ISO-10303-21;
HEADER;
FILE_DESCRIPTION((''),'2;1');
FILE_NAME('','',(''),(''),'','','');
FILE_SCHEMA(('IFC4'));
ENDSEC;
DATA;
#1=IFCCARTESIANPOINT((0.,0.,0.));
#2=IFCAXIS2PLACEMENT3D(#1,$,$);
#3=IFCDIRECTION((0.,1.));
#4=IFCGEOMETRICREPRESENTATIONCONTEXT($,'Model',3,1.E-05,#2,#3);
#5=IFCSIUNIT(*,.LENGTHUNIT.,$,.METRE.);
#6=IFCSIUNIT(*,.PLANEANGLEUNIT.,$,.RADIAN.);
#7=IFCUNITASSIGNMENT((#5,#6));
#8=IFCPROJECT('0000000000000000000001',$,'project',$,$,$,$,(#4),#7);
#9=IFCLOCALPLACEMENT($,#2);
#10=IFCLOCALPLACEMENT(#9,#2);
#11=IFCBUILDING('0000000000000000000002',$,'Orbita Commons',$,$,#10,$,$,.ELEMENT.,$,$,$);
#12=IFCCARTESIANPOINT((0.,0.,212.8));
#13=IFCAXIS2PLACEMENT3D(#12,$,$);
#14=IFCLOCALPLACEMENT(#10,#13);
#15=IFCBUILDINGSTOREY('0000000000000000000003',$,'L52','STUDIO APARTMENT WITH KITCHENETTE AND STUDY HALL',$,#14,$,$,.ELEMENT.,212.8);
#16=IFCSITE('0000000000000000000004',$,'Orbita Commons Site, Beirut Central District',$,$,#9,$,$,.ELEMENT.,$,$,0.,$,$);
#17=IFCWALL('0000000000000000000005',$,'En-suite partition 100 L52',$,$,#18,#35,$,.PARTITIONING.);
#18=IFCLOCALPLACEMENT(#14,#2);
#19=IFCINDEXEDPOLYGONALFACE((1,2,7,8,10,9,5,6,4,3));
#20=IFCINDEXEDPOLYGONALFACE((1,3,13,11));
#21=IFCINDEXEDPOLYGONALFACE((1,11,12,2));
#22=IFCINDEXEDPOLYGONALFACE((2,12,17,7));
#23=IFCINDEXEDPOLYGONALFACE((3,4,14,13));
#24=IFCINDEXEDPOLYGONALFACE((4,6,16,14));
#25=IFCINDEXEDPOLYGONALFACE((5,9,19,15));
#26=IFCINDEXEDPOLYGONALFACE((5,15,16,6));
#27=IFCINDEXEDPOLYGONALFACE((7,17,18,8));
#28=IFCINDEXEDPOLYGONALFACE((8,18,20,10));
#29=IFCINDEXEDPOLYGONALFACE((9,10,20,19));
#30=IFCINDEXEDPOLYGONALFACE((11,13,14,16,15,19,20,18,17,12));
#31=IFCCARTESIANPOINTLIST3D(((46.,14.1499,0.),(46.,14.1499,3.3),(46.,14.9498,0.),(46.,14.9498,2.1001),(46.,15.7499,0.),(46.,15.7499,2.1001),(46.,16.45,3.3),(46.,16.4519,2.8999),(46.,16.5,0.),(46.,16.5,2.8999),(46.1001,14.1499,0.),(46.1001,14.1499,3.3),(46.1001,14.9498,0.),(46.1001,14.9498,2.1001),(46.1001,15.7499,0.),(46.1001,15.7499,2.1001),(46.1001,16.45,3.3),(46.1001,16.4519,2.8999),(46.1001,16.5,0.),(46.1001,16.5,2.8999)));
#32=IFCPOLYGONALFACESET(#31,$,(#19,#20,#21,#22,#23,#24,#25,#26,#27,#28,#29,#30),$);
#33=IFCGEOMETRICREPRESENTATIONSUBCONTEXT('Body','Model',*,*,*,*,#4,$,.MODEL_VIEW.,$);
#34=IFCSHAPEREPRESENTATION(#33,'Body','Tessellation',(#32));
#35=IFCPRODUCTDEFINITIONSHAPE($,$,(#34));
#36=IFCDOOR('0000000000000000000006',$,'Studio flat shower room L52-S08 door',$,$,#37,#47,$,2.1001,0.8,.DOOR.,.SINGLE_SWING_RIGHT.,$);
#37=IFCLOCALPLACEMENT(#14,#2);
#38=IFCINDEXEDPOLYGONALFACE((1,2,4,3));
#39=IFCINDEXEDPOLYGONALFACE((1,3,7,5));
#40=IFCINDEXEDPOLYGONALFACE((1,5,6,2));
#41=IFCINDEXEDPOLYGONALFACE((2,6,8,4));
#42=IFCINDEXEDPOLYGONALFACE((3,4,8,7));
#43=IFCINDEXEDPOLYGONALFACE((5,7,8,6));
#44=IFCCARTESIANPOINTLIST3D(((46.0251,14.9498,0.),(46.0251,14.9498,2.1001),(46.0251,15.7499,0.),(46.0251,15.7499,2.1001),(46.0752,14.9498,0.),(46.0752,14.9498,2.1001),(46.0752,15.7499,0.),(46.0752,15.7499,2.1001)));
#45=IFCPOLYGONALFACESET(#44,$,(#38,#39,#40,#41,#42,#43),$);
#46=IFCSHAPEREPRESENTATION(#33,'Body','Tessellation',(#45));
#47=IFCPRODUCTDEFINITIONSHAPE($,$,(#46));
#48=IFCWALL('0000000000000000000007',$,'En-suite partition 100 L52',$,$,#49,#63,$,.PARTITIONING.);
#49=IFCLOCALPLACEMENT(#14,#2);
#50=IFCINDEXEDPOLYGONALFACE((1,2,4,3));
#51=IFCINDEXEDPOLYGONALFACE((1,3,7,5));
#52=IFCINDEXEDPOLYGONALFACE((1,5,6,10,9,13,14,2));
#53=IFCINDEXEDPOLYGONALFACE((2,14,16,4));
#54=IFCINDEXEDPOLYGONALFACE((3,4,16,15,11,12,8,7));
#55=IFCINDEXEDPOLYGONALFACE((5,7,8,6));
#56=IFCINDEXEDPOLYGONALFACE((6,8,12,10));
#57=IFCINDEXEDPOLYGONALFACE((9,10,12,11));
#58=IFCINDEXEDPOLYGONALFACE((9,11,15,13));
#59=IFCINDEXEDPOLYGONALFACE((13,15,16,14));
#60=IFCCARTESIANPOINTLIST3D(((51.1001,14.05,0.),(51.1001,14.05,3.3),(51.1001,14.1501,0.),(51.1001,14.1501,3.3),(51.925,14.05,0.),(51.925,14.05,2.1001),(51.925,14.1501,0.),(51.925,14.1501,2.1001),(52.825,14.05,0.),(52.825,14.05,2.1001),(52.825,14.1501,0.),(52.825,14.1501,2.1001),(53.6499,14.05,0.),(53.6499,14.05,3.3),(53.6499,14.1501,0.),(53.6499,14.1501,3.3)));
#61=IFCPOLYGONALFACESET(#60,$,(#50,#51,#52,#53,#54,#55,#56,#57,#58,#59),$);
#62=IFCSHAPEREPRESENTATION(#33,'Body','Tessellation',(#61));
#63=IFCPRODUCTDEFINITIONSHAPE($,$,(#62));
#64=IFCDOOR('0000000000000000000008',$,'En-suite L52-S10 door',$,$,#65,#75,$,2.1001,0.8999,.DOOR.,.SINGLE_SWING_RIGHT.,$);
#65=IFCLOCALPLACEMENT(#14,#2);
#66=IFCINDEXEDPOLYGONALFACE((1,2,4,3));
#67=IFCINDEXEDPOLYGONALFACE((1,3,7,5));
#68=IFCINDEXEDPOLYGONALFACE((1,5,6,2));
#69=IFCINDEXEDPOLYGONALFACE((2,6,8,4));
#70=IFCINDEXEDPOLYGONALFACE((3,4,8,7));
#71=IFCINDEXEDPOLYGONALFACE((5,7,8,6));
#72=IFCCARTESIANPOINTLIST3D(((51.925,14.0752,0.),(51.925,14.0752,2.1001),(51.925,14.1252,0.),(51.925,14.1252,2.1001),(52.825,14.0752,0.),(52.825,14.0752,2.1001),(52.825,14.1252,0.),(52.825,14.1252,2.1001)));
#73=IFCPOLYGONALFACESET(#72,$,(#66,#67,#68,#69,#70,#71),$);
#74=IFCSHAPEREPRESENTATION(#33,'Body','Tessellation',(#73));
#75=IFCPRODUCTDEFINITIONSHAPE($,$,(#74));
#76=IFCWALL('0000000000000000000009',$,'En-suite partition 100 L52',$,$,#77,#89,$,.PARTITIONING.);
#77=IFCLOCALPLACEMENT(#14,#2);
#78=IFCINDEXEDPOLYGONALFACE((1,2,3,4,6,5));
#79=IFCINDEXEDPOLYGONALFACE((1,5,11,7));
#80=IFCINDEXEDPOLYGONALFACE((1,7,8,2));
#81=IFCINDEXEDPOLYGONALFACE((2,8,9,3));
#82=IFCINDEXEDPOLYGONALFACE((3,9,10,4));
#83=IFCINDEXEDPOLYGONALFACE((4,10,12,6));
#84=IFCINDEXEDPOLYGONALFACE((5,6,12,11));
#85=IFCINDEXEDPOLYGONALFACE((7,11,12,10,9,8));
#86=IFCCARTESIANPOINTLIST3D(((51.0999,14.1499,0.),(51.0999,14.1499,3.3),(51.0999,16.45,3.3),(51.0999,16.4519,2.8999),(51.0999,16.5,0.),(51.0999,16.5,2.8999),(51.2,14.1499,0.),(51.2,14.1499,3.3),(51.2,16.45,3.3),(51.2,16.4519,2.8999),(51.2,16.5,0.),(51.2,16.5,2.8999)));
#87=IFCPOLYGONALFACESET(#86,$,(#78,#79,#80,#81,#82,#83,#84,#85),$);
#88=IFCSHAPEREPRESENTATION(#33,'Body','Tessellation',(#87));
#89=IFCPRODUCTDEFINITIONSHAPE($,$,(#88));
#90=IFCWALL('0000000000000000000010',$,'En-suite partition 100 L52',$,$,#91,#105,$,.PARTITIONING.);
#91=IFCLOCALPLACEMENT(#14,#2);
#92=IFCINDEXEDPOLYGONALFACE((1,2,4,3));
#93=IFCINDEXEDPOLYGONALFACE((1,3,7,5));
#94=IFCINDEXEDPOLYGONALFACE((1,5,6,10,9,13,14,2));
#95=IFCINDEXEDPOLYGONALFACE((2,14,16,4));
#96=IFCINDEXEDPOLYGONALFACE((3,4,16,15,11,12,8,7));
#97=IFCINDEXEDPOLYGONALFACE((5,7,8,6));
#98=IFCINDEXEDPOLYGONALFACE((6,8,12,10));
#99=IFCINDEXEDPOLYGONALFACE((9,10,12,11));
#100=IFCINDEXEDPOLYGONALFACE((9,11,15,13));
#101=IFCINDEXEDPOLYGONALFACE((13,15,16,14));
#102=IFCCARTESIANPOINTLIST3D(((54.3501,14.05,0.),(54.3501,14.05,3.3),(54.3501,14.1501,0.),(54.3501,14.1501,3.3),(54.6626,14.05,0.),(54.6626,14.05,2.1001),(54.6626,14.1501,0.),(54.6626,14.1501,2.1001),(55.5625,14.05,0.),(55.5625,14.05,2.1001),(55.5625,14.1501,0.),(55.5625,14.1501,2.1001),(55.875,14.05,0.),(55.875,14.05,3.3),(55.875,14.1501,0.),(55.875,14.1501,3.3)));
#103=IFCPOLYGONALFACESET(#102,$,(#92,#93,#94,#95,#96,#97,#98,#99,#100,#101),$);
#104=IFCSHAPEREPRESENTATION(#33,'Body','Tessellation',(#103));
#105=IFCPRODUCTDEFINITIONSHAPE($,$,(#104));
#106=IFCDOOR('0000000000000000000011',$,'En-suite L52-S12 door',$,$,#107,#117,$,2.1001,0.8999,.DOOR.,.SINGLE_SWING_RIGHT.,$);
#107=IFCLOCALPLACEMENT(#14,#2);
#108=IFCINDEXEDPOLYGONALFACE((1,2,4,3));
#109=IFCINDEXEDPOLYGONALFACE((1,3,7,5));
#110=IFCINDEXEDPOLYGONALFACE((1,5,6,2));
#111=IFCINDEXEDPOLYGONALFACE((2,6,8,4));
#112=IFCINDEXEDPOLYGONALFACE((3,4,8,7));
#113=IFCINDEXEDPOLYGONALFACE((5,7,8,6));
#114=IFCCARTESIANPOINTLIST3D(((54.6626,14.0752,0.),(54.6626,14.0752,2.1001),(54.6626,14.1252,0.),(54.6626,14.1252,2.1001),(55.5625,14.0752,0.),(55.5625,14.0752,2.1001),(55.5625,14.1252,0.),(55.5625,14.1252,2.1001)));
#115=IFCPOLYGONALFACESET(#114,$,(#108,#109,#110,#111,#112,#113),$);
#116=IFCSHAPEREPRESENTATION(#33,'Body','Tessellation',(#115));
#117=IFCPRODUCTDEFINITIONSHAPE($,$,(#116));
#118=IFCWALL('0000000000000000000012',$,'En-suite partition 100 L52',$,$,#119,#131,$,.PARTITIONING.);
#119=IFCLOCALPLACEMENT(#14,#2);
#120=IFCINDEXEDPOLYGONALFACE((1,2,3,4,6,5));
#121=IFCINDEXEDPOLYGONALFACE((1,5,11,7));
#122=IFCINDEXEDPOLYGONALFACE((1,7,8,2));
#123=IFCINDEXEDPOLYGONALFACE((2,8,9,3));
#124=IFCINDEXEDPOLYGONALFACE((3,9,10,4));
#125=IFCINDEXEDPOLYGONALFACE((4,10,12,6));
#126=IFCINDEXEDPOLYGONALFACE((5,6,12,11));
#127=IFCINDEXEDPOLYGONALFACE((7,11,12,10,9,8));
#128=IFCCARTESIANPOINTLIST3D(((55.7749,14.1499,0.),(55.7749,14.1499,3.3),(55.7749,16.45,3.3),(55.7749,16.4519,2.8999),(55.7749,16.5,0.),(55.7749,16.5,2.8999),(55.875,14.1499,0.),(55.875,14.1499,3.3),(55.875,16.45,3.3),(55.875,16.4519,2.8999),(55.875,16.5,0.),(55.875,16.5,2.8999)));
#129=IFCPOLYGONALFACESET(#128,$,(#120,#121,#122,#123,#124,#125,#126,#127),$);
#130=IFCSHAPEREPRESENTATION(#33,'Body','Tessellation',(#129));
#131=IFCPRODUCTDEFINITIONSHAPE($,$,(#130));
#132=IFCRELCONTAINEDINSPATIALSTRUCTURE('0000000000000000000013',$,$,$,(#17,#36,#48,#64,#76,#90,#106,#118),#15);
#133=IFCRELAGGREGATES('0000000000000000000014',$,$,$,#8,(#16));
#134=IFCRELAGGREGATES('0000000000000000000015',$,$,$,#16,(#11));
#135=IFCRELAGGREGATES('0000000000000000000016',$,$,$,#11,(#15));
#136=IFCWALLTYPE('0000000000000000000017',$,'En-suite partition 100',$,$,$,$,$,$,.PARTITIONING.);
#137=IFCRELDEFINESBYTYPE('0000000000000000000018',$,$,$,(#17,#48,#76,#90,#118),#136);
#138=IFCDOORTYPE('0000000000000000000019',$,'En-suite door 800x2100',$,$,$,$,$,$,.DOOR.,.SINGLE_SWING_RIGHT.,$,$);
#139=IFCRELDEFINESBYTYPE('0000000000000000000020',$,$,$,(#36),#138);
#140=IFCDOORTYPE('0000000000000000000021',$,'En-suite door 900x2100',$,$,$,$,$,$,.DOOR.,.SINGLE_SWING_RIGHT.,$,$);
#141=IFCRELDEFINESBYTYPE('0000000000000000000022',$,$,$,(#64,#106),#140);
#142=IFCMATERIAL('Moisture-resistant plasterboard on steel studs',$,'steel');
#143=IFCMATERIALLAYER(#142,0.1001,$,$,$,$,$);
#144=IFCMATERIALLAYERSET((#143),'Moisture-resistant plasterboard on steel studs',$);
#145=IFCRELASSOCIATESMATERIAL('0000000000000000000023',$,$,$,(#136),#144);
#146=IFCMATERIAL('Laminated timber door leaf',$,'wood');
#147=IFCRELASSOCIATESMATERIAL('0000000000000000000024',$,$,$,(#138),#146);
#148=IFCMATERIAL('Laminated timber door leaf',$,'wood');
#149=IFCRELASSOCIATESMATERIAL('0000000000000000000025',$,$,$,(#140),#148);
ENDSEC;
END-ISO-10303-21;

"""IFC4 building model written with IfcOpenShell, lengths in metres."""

from ifc_helpers import new_model, si_unit, direction, frame, frame_2d, origin, place, context, subcontext, project, spatial, polyline, rectangle, outline, extrude, material, layer, layer_set, type_object, element, fill, save


model = new_model("IFC4")

# Units and contexts
model_context = context("Model", 3, precision=1e-05, world=origin(), true_north=direction((0.0, 1.0)))
body_context = subcontext(model_context, "Body", "Model", "MODEL_VIEW")
ifc_project = project(units=[si_unit("LENGTHUNIT", "METRE"), si_unit("PLANEANGLEUNIT", "RADIAN")], contexts=[model_context])

# Site, building, storey
site_placement = place(None, origin())
site = spatial("IfcSite", under=ifc_project, at=site_placement, Name="Orbita Commons Site, Beirut Central District", CompositionType="ELEMENT", RefElevation=0.0)
building_placement = place(site_placement, origin())
building = spatial("IfcBuilding", under=site, at=building_placement, Name="Orbita Commons", CompositionType="ELEMENT")
storey_placement = place(building_placement, frame((0.0, 0.0, 212.8)))
storey = spatial("IfcBuildingStorey", under=building, at=storey_placement, Name="L52", Description="STUDIO APARTMENT WITH KITCHENETTE AND STUDY HALL", CompositionType="ELEMENT", Elevation=212.8)

# Shared definitions
ifc_material_1 = material(Name="Moisture-resistant plasterboard on steel studs", Category="steel")
ifc_layer_1 = layer(ifc_material_1, 0.1001)
ifc_layer_set_1 = layer_set([ifc_layer_1], Name="Moisture-resistant plasterboard on steel studs")
wall_type_1 = type_object("IfcWallType", Name="En-suite partition 100", PredefinedType="PARTITIONING", material=ifc_layer_set_1)
ifc_material_2 = material(Name="Laminated timber door leaf", Category="wood")
door_type_1 = type_object("IfcDoorType", Name="En-suite door 800x2100", OperationType="SINGLE_SWING_RIGHT", PredefinedType="DOOR", material=ifc_material_2)

# Walls, openings, doors
wall_1_placement = place(storey_placement, frame((46.05, 14.1499, 0.0), z_axis=(0.0, 0.0, 1.0), x_axis=(0.0, 1.0, 0.0)))
wall_1 = element("IfcWall", 1, at=wall_1_placement, inside=storey, type_object=wall_type_1, Name="En-suite partition 100 L52", PredefinedType="PARTITIONING", context=body_context, shape_type="SweptSolid", body=[
    extrude(outline(polyline([(0.0, 0.0), (2.3501, 0.0), (2.3501, 2.8999), (2.302, 2.8999), (2.3, 3.3), (0.0, 3.3), (0.0, 0.0)])), frame((0.0, 0.05, 0.0), z_axis=(0.0, -1.0, 0.0), x_axis=(1.0, 0.0, 0.0)), (0.0, 0.0, 1.0), 0.1001),
])
opening_1_placement = place(wall_1_placement, frame((0.8, 0.0, 0.0)))
opening_1 = element("IfcOpeningElement", 2, at=opening_1_placement, cuts=wall_1, PredefinedType="OPENING", context=body_context, shape_type="SweptSolid", body=[
    extrude(rectangle(XDim=0.8, YDim=2.1001, at=frame_2d((0.3999, 1.05))), frame((0.0, 0.0601, 0.0), z_axis=(0.0, -1.0, 0.0), x_axis=(1.0, 0.0, 0.0)), (0.0, 0.0, 1.0), 0.1201),
])
door_1_placement = place(opening_1_placement, origin())
door_1 = element("IfcDoor", 3, at=door_1_placement, inside=storey, type_object=door_type_1, Name="Studio flat shower room L52-S08 door", OperationType="SINGLE_SWING_RIGHT", OverallHeight=2.1001, OverallWidth=0.8, PredefinedType="DOOR", context=body_context, shape_type="SweptSolid", body=[
    extrude(rectangle(XDim=0.8, YDim=2.1001, at=frame_2d((0.3999, 1.05))), frame((0.0, 0.0249, 0.0), z_axis=(0.0, -1.0, 0.0), x_axis=(1.0, 0.0, 0.0)), (0.0, 0.0, 1.0), 0.05),
])
fill(opening_1, door_1)
wall_2_placement = place(storey_placement, frame((53.6499, 14.1001, 0.0), z_axis=(0.0, 0.0, 1.0), x_axis=(-1.0, 0.0, 0.0)))
wall_2 = element("IfcWall", 4, at=wall_2_placement, inside=storey, type_object=wall_type_1, Name="En-suite partition 100 L52", PredefinedType="PARTITIONING", context=body_context, shape_type="SweptSolid", body=[
    extrude(rectangle(XDim=2.5498, YDim=0.1001, at=frame_2d((1.2749, 0.0))), origin(), (0.0, 0.0, 1.0), 3.3),
])
opening_2_placement = place(wall_2_placement, frame((0.825, 0.0, 0.0)))
opening_2 = element("IfcOpeningElement", 5, at=opening_2_placement, cuts=wall_2, PredefinedType="OPENING", context=body_context, shape_type="SweptSolid", body=[
    extrude(rectangle(XDim=0.8999, YDim=2.1001, at=frame_2d((0.45, 1.05))), frame((0.0, 0.0601, 0.0), z_axis=(0.0, -1.0, 0.0), x_axis=(1.0, 0.0, 0.0)), (0.0, 0.0, 1.0), 0.1201),
])
ifc_material_3 = material(Name="Laminated timber door leaf", Category="wood")
door_type_2 = type_object("IfcDoorType", Name="En-suite door 900x2100", OperationType="SINGLE_SWING_RIGHT", PredefinedType="DOOR", material=ifc_material_3)
door_2_placement = place(opening_2_placement, origin())
door_2 = element("IfcDoor", 6, at=door_2_placement, inside=storey, type_object=door_type_2, Name="En-suite L52-S10 door", OperationType="SINGLE_SWING_RIGHT", OverallHeight=2.1001, OverallWidth=0.8999, PredefinedType="DOOR", context=body_context, shape_type="SweptSolid", body=[
    extrude(rectangle(XDim=0.8999, YDim=2.1001, at=frame_2d((0.45, 1.05))), frame((0.0, 0.0249, 0.0), z_axis=(0.0, -1.0, 0.0), x_axis=(1.0, 0.0, 0.0)), (0.0, 0.0, 1.0), 0.05),
])
fill(opening_2, door_2)

# Wall
wall_3_placement = place(storey_placement, frame((51.1499, 14.1499, 0.0), z_axis=(0.0, 0.0, 1.0), x_axis=(0.0, 1.0, 0.0)))
element("IfcWall", 7, at=wall_3_placement, inside=storey, type_object=wall_type_1, Name="En-suite partition 100 L52", PredefinedType="PARTITIONING", context=body_context, shape_type="SweptSolid", body=[
    extrude(outline(polyline([(0.0, 0.0), (2.3501, 0.0), (2.3501, 2.8999), (2.302, 2.8999), (2.3, 3.3), (0.0, 3.3), (0.0, 0.0)])), frame((0.0, 0.05, 0.0), z_axis=(0.0, -1.0, 0.0), x_axis=(1.0, 0.0, 0.0)), (0.0, 0.0, 1.0), 0.1001),
])

# Wall, opening, door
wall_4_placement = place(storey_placement, frame((55.875, 14.1001, 0.0), z_axis=(0.0, 0.0, 1.0), x_axis=(-1.0, 0.0, 0.0)))
wall_4 = element("IfcWall", 8, at=wall_4_placement, inside=storey, type_object=wall_type_1, Name="En-suite partition 100 L52", PredefinedType="PARTITIONING", context=body_context, shape_type="SweptSolid", body=[
    extrude(rectangle(XDim=1.5249, YDim=0.1001, at=frame_2d((0.7625, 0.0))), origin(), (0.0, 0.0, 1.0), 3.3),
])
opening_3_placement = place(wall_4_placement, frame((0.3125, 0.0, 0.0)))
opening_3 = element("IfcOpeningElement", 9, at=opening_3_placement, cuts=wall_4, PredefinedType="OPENING", context=body_context, shape_type="SweptSolid", body=[
    extrude(rectangle(XDim=0.8999, YDim=2.1001, at=frame_2d((0.45, 1.05))), frame((0.0, 0.0601, 0.0), z_axis=(0.0, -1.0, 0.0), x_axis=(1.0, 0.0, 0.0)), (0.0, 0.0, 1.0), 0.1201),
])
door_3_placement = place(opening_3_placement, origin())
door_3 = element("IfcDoor", 10, at=door_3_placement, inside=storey, type_object=door_type_2, Name="En-suite L52-S12 door", OperationType="SINGLE_SWING_RIGHT", OverallHeight=2.1001, OverallWidth=0.8999, PredefinedType="DOOR", context=body_context, shape_type="SweptSolid", body=[
    extrude(rectangle(XDim=0.8999, YDim=2.1001, at=frame_2d((0.45, 1.05))), frame((0.0, 0.0249, 0.0), z_axis=(0.0, -1.0, 0.0), x_axis=(1.0, 0.0, 0.0)), (0.0, 0.0, 1.0), 0.05),
])
fill(opening_3, door_3)

# Wall
wall_5_placement = place(storey_placement, frame((55.825, 14.1499, 0.0), z_axis=(0.0, 0.0, 1.0), x_axis=(0.0, 1.0, 0.0)))
element("IfcWall", 11, at=wall_5_placement, inside=storey, type_object=wall_type_1, Name="En-suite partition 100 L52", PredefinedType="PARTITIONING", context=body_context, shape_type="SweptSolid", body=[
    extrude(outline(polyline([(0.0, 0.0), (2.3501, 0.0), (2.3501, 2.8999), (2.302, 2.8999), (2.3, 3.3), (0.0, 3.3), (0.0, 0.0)])), frame((0.0, 0.05, 0.0), z_axis=(0.0, -1.0, 0.0), x_axis=(1.0, 0.0, 0.0)), (0.0, 0.0, 1.0), 0.1001),
])

save(model, "model.ifc")
